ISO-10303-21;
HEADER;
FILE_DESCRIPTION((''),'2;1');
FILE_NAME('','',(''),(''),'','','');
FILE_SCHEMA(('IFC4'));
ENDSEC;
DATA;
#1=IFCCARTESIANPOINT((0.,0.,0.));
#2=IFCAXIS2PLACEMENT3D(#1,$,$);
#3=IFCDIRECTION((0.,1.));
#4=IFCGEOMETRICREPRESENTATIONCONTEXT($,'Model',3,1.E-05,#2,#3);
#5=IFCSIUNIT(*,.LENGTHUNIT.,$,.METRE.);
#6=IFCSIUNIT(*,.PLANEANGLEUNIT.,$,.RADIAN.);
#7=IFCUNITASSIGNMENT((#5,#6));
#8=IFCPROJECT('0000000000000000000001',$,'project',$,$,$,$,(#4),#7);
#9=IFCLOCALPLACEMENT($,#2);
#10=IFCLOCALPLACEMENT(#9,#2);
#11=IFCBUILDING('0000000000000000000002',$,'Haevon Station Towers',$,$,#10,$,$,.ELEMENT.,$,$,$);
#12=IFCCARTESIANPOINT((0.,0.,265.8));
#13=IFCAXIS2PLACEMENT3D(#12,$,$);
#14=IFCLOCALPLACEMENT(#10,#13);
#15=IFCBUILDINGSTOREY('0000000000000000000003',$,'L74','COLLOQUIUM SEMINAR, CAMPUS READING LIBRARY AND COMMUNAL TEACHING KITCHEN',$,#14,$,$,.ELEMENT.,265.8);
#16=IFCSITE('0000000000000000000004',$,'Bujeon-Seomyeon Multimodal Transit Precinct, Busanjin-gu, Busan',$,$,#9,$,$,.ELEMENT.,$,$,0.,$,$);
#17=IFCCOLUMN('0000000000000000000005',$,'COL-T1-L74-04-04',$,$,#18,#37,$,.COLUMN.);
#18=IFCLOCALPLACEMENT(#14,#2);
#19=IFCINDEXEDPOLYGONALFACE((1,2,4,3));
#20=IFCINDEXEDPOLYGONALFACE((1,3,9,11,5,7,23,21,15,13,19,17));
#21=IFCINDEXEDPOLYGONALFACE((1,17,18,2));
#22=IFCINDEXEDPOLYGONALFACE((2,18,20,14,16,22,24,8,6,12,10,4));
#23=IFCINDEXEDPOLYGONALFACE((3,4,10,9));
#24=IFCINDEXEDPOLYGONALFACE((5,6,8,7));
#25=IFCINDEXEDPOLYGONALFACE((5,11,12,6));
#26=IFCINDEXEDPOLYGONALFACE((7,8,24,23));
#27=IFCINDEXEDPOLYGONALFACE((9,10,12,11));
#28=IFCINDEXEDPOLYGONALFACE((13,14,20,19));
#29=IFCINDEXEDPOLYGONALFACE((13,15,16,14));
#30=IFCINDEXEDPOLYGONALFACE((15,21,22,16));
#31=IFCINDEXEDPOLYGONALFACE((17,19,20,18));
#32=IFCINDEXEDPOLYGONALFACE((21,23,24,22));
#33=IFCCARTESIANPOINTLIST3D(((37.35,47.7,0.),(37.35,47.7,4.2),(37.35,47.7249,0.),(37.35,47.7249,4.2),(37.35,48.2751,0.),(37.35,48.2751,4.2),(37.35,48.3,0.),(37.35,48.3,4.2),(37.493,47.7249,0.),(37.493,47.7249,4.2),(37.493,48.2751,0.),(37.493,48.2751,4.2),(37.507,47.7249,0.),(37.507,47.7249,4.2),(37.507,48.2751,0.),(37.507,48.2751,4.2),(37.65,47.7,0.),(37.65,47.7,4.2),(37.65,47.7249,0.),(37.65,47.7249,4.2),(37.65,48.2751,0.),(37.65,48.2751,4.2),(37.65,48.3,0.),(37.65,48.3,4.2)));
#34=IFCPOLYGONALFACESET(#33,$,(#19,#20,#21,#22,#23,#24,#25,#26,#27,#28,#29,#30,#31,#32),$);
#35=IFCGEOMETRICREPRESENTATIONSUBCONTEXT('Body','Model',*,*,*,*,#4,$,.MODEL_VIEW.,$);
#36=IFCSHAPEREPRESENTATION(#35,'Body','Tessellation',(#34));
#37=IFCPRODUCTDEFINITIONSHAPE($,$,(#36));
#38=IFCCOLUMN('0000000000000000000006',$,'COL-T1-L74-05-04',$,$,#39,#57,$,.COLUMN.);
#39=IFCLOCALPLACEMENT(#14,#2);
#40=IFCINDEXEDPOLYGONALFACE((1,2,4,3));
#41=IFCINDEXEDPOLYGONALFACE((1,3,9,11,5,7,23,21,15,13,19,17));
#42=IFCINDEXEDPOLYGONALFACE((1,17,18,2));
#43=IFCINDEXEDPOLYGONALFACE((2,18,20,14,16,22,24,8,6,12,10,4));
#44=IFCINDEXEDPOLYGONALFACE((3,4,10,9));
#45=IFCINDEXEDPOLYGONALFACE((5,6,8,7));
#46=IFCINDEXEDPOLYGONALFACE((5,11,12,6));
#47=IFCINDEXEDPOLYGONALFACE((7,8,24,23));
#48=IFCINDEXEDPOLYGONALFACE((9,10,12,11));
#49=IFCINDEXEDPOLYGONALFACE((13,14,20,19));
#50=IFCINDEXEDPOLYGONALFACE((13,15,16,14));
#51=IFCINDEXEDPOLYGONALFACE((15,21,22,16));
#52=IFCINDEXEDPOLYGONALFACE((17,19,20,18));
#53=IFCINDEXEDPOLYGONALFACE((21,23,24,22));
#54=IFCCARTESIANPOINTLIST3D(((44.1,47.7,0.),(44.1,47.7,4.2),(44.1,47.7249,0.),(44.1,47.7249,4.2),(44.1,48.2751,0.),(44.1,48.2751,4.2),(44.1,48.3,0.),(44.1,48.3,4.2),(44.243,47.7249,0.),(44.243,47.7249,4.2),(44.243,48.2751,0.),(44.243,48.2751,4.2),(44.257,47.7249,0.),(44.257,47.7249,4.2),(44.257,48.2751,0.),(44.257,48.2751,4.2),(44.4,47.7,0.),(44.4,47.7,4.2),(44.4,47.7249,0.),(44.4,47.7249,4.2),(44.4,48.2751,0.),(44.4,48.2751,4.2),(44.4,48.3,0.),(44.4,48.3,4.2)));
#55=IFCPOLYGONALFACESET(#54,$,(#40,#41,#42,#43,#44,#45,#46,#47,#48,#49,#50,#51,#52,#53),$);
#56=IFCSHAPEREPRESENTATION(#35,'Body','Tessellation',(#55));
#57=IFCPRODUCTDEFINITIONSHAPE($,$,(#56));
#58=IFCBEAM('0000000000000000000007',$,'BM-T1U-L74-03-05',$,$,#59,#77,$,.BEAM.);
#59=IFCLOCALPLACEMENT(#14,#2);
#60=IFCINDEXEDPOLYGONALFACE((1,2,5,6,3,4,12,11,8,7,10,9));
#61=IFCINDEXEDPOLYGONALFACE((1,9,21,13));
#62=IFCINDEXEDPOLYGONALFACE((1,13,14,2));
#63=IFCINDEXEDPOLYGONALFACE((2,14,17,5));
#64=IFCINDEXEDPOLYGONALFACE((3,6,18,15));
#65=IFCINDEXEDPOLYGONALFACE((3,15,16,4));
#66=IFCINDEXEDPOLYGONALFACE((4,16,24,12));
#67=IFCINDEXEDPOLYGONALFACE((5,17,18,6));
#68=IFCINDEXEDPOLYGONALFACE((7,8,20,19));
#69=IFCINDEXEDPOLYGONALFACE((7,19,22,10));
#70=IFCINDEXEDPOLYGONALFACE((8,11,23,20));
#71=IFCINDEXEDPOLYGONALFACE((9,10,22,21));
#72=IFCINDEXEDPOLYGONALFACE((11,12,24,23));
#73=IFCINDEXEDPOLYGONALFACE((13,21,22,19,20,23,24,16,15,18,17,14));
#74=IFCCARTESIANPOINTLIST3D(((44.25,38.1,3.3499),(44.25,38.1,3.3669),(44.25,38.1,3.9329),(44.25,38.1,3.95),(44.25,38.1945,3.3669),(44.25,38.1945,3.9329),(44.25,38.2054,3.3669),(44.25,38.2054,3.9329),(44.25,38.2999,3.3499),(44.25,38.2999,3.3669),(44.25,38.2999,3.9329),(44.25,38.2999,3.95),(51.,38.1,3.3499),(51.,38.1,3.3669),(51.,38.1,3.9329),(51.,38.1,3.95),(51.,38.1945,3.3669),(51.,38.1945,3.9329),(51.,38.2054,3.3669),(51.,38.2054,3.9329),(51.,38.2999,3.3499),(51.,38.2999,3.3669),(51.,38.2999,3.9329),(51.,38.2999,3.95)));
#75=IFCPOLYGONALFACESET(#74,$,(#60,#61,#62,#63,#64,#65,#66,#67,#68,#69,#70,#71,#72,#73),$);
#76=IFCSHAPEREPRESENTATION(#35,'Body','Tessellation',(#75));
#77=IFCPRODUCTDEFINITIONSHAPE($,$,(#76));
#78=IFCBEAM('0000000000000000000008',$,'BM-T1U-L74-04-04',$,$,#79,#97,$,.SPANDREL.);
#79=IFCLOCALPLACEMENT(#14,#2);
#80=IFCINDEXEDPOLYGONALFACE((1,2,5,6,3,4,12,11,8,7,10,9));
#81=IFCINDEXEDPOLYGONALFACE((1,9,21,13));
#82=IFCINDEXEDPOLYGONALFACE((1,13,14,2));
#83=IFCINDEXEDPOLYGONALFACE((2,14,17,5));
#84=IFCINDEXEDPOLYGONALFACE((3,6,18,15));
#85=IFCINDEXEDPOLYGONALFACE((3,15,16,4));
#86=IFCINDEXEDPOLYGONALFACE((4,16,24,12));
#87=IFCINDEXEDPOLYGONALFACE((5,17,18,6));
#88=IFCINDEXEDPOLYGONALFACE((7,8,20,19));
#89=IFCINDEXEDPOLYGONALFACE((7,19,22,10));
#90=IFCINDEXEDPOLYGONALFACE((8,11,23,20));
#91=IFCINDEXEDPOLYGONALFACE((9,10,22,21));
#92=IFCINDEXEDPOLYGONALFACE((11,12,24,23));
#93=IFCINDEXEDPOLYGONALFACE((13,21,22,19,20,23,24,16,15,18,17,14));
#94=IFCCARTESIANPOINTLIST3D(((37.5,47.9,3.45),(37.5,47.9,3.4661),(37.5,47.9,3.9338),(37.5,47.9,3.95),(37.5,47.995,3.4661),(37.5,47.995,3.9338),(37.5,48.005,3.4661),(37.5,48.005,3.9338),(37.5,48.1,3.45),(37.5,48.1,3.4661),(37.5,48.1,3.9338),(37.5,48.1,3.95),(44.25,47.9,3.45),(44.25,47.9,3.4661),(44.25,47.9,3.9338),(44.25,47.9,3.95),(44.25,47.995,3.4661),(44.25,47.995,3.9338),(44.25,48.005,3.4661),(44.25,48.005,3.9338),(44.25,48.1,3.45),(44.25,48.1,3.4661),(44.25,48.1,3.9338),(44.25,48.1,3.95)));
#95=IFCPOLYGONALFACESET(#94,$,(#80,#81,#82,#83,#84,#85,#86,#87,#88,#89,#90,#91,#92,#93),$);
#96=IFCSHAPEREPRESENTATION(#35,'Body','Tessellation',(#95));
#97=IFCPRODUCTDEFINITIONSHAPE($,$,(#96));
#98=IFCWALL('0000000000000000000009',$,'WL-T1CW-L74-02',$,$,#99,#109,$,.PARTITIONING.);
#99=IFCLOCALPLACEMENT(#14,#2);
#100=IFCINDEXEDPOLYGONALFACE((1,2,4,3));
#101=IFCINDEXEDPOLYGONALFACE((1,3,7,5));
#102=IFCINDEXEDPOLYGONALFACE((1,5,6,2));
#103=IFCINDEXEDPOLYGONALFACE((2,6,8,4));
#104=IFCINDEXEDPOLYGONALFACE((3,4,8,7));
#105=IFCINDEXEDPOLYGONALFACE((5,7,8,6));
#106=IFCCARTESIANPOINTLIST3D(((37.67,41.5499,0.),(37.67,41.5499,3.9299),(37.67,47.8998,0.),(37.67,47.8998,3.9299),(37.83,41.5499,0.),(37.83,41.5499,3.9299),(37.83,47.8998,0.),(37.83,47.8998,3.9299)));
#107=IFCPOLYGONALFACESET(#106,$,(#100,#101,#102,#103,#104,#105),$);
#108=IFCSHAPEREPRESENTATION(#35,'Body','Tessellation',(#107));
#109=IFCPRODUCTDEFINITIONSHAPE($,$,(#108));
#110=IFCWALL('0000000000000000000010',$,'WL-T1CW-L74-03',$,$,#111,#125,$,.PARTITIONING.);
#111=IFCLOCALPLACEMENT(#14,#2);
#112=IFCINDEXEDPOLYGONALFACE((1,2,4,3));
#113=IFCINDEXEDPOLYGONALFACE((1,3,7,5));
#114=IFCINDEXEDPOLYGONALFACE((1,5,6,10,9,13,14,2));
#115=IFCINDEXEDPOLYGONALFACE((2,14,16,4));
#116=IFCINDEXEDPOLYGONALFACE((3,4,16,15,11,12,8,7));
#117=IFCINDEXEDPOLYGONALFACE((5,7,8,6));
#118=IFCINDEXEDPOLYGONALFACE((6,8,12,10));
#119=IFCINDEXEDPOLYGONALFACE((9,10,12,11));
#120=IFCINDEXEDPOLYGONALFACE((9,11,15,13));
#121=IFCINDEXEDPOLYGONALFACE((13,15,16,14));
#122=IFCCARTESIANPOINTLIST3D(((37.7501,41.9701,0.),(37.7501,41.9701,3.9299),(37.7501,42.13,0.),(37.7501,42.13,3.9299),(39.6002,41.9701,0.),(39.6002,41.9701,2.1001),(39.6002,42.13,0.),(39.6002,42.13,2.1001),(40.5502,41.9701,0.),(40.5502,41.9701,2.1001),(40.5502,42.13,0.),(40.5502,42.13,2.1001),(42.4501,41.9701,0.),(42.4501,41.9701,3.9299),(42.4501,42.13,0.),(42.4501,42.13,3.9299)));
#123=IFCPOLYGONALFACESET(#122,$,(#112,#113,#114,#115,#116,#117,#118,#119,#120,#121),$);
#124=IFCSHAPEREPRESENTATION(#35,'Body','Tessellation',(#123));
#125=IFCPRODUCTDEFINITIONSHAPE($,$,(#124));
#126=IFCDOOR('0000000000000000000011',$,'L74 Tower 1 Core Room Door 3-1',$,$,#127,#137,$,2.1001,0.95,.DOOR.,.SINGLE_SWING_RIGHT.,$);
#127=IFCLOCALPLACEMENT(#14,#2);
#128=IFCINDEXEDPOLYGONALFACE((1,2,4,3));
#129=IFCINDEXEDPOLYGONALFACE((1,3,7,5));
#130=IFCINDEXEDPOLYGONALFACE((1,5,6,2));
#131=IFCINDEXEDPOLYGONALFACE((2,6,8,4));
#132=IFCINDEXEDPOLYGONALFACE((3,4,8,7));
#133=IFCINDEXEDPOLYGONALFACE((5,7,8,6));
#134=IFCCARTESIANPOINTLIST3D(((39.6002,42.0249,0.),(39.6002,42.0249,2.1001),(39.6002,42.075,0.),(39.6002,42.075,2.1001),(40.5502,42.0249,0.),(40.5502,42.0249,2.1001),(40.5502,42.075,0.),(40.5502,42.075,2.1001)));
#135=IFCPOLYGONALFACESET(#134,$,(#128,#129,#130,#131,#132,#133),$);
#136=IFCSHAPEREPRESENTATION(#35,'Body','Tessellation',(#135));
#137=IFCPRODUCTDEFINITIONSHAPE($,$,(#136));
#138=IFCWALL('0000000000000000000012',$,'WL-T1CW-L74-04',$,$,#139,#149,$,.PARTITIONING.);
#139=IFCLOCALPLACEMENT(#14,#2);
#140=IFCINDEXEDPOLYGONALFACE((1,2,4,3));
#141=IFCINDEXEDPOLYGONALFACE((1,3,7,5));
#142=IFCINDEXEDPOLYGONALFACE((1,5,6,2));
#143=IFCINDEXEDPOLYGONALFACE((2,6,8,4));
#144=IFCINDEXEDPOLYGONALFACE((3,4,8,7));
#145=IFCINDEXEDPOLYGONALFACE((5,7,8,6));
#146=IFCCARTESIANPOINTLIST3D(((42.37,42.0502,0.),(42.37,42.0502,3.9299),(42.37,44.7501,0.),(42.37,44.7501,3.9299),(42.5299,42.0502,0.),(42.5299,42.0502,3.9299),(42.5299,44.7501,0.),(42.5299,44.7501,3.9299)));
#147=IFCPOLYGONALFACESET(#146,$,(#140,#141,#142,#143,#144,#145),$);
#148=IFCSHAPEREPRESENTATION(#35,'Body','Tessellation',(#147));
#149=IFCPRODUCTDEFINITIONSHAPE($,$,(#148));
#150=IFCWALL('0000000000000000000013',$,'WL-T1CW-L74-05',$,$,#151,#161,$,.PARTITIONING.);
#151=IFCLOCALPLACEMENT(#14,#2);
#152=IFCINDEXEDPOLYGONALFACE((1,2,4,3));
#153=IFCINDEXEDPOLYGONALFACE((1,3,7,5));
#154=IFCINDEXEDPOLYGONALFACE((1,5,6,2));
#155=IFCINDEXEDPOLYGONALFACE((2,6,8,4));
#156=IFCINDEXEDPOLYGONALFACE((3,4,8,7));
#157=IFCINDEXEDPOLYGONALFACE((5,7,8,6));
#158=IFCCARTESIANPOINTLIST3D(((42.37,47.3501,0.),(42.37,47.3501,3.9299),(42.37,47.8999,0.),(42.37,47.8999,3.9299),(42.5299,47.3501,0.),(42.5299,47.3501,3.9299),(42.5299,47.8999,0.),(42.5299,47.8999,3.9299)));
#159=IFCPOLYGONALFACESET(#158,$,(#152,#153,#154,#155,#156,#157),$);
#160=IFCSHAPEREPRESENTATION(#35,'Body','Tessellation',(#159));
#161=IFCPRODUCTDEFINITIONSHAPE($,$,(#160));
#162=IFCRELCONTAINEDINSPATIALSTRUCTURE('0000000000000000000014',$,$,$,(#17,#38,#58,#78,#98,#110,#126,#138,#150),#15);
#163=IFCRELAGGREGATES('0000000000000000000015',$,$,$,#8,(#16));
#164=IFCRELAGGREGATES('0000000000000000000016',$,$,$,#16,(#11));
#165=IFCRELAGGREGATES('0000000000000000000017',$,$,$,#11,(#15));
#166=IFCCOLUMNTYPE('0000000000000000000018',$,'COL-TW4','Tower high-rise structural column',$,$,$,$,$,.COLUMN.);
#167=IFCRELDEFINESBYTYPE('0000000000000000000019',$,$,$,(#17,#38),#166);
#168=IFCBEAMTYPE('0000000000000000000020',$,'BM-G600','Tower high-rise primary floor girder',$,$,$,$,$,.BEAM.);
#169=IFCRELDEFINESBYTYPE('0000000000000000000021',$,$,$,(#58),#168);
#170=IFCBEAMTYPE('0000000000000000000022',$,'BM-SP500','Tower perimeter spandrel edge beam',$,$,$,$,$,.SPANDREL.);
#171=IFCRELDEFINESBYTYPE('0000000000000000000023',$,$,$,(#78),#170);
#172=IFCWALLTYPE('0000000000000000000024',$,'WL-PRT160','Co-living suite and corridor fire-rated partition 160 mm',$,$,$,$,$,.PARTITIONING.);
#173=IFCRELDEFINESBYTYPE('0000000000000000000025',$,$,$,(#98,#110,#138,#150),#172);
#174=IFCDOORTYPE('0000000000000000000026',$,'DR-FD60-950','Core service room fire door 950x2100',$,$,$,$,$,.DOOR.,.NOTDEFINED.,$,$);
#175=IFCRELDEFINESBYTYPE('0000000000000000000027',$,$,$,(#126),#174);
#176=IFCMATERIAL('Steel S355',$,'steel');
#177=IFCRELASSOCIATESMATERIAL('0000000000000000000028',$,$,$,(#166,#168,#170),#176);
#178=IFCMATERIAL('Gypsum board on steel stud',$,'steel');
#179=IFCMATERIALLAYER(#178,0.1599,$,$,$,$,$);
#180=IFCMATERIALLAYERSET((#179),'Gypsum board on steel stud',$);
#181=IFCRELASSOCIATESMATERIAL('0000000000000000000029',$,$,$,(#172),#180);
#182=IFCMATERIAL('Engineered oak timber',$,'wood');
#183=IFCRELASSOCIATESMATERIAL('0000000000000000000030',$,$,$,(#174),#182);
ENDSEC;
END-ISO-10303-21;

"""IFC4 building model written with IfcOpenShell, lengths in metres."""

from ifc_helpers import new_model, si_unit, direction, frame, frame_2d, origin, origin_2d, place, context, subcontext, project, spatial, rectangle, i_section, extrude, material, layer, layer_set, material_profile, profile_set, type_object, element, fill, save


model = new_model("IFC4")

# Units and contexts
model_context = context("Model", 3, precision=1e-05, world=origin(), true_north=direction((0.0, 1.0)))
body_context = subcontext(model_context, "Body", "Model", "MODEL_VIEW")
ifc_project = project(units=[si_unit("LENGTHUNIT", "METRE"), si_unit("PLANEANGLEUNIT", "RADIAN")], contexts=[model_context])

# Site, building, storey
site_placement = place(None, origin())
site = spatial("IfcSite", under=ifc_project, at=site_placement, Name="Bujeon-Seomyeon Multimodal Transit Precinct, Busanjin-gu, Busan", CompositionType="ELEMENT", RefElevation=0.0)
building_placement = place(site_placement, origin())
building = spatial("IfcBuilding", under=site, at=building_placement, Name="Haevon Station Towers", CompositionType="ELEMENT")
storey_placement = place(building_placement, frame((0.0, 0.0, 265.8)))
storey = spatial("IfcBuildingStorey", under=building, at=storey_placement, Name="L74", Description="COLLOQUIUM SEMINAR, CAMPUS READING LIBRARY AND COMMUNAL TEACHING KITCHEN", CompositionType="ELEMENT", Elevation=265.8)

# Columns
ifc_material_1 = material(Name="Steel S355", Category="steel")
ifc_material_profile_1 = material_profile(ifc_material_1, i_section(OverallWidth=0.3, OverallDepth=0.6001, WebThickness=0.0139, FlangeThickness=0.0249, at=origin_2d()), Name="H-600x300x14x25")
ifc_profile_set_1 = profile_set([ifc_material_profile_1], Name="Steel S355")
column_type = type_object("IfcColumnType", Name="COL-TW4", Description="Tower high-rise structural column", PredefinedType="COLUMN", material=ifc_profile_set_1)
for number, where, z_axis, x_axis, name in (
    (1, (37.5, 48.0, 0.0), (0.0, 0.0, 1.0), (1.0, 0.0, 0.0), "COL-T1-L74-04-04"),
    (2, (44.25, 48.0, 0.0), (0.0, 0.0, 1.0), (1.0, 0.0, 0.0), "COL-T1-L74-05-04"),
):
    element("IfcColumn", number, at=place(storey_placement, frame(where, z_axis=z_axis, x_axis=x_axis)), inside=storey, type_object=column_type, Name=name, PredefinedType="COLUMN", context=body_context, shape_type="SweptSolid", body=[
        extrude(i_section(OverallWidth=0.3, OverallDepth=0.6001, WebThickness=0.0139, FlangeThickness=0.0249, at=origin_2d()), origin(), (0.0, 0.0, 1.0), 4.2),
    ])

# Beams
ifc_material_profile_2 = material_profile(ifc_material_1, i_section(OverallWidth=0.2, OverallDepth=0.6001, WebThickness=0.011, FlangeThickness=0.0171, at=origin_2d()), Name="H-600x200x11x17")
ifc_profile_set_2 = profile_set([ifc_material_profile_2], Name="Steel S355")
beam_type_1 = type_object("IfcBeamType", Name="BM-G600", Description="Tower high-rise primary floor girder", PredefinedType="BEAM", material=ifc_profile_set_2)
beam_1_placement = place(storey_placement, frame((44.25, 38.2, 3.6499), z_axis=(1.0, 0.0, 0.0), x_axis=(0.0, 1.0, 0.0)))
element("IfcBeam", 3, at=beam_1_placement, inside=storey, type_object=beam_type_1, Name="BM-T1U-L74-03-05", PredefinedType="BEAM", context=body_context, shape_type="SweptSolid", body=[
    extrude(i_section(OverallWidth=0.2, OverallDepth=0.6001, WebThickness=0.011, FlangeThickness=0.0171, at=origin_2d()), origin(), (0.0, 0.0, 1.0), 6.75),
])
ifc_material_profile_3 = material_profile(ifc_material_1, i_section(OverallWidth=0.2, OverallDepth=0.5, WebThickness=0.01, FlangeThickness=0.0161, at=origin_2d()), Name="H-500x200x10x16")
ifc_profile_set_3 = profile_set([ifc_material_profile_3], Name="Steel S355")
beam_type_2 = type_object("IfcBeamType", Name="BM-SP500", Description="Tower perimeter spandrel edge beam", PredefinedType="SPANDREL", material=ifc_profile_set_3)
beam_2_placement = place(storey_placement, frame((37.5, 48.0, 3.7), z_axis=(1.0, 0.0, 0.0), x_axis=(0.0, 1.0, 0.0)))
element("IfcBeam", 4, at=beam_2_placement, inside=storey, type_object=beam_type_2, Name="BM-T1U-L74-04-04", PredefinedType="SPANDREL", context=body_context, shape_type="SweptSolid", body=[
    extrude(i_section(OverallWidth=0.2, OverallDepth=0.5, WebThickness=0.01, FlangeThickness=0.0161, at=origin_2d()), origin(), (0.0, 0.0, 1.0), 6.75),
])

# Wall
ifc_material_2 = material(Name="Gypsum board on steel stud", Category="steel")
ifc_layer_1 = layer(ifc_material_2, 0.1599)
ifc_layer_set_1 = layer_set([ifc_layer_1], Name="Gypsum board on steel stud")
wall_type_1 = type_object("IfcWallType", Name="WL-PRT160", Description="Co-living suite and corridor fire-rated partition 160 mm", PredefinedType="PARTITIONING", material=ifc_layer_set_1)
wall_1_placement = place(storey_placement, frame((37.75, 41.55, 0.0), z_axis=(0.0, 0.0, 1.0), x_axis=(0.0, 1.0, 0.0)))
element("IfcWall", 5, at=wall_1_placement, inside=storey, type_object=wall_type_1, Name="WL-T1CW-L74-02", PredefinedType="PARTITIONING", context=body_context, shape_type="SweptSolid", body=[
    extrude(rectangle(XDim=6.3499, YDim=0.1599, at=frame_2d((3.1748, 0.0))), origin(), (0.0, 0.0, 1.0), 3.9299),
])

# Wall, opening, door
wall_2_placement = place(storey_placement, frame((37.75, 42.05, 0.0), z_axis=(0.0, 0.0, 1.0), x_axis=(1.0, 0.0, 0.0)))
wall_2 = element("IfcWall", 6, at=wall_2_placement, inside=storey, type_object=wall_type_1, Name="WL-T1CW-L74-03", PredefinedType="PARTITIONING", context=body_context, shape_type="SweptSolid", body=[
    extrude(rectangle(XDim=4.7, YDim=0.1599, at=frame_2d((2.3501, 0.0))), origin(), (0.0, 0.0, 1.0), 3.9299),
])
opening_1_placement = place(wall_2_placement, frame((1.8501, 0.0, 0.0)))
opening_1 = element("IfcOpeningElement", 7, at=opening_1_placement, cuts=wall_2, PredefinedType="OPENING", context=body_context, shape_type="SweptSolid", body=[
    extrude(rectangle(XDim=0.95, YDim=2.1001, at=frame_2d((0.4751, 1.05))), frame((0.0, 0.0898, 0.0), z_axis=(0.0, -1.0, 0.0), x_axis=(1.0, 0.0, 0.0)), (0.0, 0.0, 1.0), 0.1799),
])
ifc_material_3 = material(Name="Engineered oak timber", Category="wood")
door_type_1 = type_object("IfcDoorType", Name="DR-FD60-950", Description="Core service room fire door 950x2100", OperationType="NOTDEFINED", PredefinedType="DOOR", material=ifc_material_3)
door_1_placement = place(opening_1_placement, origin())
door_1 = element("IfcDoor", 8, at=door_1_placement, inside=storey, type_object=door_type_1, Name="L74 Tower 1 Core Room Door 3-1", OperationType="SINGLE_SWING_RIGHT", OverallHeight=2.1001, OverallWidth=0.95, PredefinedType="DOOR", context=body_context, shape_type="SweptSolid", body=[
    extrude(rectangle(XDim=0.95, YDim=2.1001, at=frame_2d((0.4751, 1.05))), frame((0.0, 0.0249, 0.0), z_axis=(0.0, -1.0, 0.0), x_axis=(1.0, 0.0, 0.0)), (0.0, 0.0, 1.0), 0.05),
])
fill(opening_1, door_1)

# Walls
wall_3_placement = place(storey_placement, frame((42.45, 42.05, 0.0), z_axis=(0.0, 0.0, 1.0), x_axis=(0.0, 1.0, 0.0)))
element("IfcWall", 9, at=wall_3_placement, inside=storey, type_object=wall_type_1, Name="WL-T1CW-L74-04", PredefinedType="PARTITIONING", context=body_context, shape_type="SweptSolid", body=[
    extrude(rectangle(XDim=2.7, YDim=0.1599, at=frame_2d((1.3501, 0.0))), origin(), (0.0, 0.0, 1.0), 3.9299),
])
wall_4_placement = place(storey_placement, frame((42.45, 47.3501, 0.0), z_axis=(0.0, 0.0, 1.0), x_axis=(0.0, 1.0, 0.0)))
element("IfcWall", 10, at=wall_4_placement, inside=storey, type_object=wall_type_1, Name="WL-T1CW-L74-05", PredefinedType="PARTITIONING", context=body_context, shape_type="SweptSolid", body=[
    extrude(rectangle(XDim=0.5498, YDim=0.1599, at=frame_2d((0.2749, 0.0))), origin(), (0.0, 0.0, 1.0), 3.9299),
])

save(model, "model.ifc")
